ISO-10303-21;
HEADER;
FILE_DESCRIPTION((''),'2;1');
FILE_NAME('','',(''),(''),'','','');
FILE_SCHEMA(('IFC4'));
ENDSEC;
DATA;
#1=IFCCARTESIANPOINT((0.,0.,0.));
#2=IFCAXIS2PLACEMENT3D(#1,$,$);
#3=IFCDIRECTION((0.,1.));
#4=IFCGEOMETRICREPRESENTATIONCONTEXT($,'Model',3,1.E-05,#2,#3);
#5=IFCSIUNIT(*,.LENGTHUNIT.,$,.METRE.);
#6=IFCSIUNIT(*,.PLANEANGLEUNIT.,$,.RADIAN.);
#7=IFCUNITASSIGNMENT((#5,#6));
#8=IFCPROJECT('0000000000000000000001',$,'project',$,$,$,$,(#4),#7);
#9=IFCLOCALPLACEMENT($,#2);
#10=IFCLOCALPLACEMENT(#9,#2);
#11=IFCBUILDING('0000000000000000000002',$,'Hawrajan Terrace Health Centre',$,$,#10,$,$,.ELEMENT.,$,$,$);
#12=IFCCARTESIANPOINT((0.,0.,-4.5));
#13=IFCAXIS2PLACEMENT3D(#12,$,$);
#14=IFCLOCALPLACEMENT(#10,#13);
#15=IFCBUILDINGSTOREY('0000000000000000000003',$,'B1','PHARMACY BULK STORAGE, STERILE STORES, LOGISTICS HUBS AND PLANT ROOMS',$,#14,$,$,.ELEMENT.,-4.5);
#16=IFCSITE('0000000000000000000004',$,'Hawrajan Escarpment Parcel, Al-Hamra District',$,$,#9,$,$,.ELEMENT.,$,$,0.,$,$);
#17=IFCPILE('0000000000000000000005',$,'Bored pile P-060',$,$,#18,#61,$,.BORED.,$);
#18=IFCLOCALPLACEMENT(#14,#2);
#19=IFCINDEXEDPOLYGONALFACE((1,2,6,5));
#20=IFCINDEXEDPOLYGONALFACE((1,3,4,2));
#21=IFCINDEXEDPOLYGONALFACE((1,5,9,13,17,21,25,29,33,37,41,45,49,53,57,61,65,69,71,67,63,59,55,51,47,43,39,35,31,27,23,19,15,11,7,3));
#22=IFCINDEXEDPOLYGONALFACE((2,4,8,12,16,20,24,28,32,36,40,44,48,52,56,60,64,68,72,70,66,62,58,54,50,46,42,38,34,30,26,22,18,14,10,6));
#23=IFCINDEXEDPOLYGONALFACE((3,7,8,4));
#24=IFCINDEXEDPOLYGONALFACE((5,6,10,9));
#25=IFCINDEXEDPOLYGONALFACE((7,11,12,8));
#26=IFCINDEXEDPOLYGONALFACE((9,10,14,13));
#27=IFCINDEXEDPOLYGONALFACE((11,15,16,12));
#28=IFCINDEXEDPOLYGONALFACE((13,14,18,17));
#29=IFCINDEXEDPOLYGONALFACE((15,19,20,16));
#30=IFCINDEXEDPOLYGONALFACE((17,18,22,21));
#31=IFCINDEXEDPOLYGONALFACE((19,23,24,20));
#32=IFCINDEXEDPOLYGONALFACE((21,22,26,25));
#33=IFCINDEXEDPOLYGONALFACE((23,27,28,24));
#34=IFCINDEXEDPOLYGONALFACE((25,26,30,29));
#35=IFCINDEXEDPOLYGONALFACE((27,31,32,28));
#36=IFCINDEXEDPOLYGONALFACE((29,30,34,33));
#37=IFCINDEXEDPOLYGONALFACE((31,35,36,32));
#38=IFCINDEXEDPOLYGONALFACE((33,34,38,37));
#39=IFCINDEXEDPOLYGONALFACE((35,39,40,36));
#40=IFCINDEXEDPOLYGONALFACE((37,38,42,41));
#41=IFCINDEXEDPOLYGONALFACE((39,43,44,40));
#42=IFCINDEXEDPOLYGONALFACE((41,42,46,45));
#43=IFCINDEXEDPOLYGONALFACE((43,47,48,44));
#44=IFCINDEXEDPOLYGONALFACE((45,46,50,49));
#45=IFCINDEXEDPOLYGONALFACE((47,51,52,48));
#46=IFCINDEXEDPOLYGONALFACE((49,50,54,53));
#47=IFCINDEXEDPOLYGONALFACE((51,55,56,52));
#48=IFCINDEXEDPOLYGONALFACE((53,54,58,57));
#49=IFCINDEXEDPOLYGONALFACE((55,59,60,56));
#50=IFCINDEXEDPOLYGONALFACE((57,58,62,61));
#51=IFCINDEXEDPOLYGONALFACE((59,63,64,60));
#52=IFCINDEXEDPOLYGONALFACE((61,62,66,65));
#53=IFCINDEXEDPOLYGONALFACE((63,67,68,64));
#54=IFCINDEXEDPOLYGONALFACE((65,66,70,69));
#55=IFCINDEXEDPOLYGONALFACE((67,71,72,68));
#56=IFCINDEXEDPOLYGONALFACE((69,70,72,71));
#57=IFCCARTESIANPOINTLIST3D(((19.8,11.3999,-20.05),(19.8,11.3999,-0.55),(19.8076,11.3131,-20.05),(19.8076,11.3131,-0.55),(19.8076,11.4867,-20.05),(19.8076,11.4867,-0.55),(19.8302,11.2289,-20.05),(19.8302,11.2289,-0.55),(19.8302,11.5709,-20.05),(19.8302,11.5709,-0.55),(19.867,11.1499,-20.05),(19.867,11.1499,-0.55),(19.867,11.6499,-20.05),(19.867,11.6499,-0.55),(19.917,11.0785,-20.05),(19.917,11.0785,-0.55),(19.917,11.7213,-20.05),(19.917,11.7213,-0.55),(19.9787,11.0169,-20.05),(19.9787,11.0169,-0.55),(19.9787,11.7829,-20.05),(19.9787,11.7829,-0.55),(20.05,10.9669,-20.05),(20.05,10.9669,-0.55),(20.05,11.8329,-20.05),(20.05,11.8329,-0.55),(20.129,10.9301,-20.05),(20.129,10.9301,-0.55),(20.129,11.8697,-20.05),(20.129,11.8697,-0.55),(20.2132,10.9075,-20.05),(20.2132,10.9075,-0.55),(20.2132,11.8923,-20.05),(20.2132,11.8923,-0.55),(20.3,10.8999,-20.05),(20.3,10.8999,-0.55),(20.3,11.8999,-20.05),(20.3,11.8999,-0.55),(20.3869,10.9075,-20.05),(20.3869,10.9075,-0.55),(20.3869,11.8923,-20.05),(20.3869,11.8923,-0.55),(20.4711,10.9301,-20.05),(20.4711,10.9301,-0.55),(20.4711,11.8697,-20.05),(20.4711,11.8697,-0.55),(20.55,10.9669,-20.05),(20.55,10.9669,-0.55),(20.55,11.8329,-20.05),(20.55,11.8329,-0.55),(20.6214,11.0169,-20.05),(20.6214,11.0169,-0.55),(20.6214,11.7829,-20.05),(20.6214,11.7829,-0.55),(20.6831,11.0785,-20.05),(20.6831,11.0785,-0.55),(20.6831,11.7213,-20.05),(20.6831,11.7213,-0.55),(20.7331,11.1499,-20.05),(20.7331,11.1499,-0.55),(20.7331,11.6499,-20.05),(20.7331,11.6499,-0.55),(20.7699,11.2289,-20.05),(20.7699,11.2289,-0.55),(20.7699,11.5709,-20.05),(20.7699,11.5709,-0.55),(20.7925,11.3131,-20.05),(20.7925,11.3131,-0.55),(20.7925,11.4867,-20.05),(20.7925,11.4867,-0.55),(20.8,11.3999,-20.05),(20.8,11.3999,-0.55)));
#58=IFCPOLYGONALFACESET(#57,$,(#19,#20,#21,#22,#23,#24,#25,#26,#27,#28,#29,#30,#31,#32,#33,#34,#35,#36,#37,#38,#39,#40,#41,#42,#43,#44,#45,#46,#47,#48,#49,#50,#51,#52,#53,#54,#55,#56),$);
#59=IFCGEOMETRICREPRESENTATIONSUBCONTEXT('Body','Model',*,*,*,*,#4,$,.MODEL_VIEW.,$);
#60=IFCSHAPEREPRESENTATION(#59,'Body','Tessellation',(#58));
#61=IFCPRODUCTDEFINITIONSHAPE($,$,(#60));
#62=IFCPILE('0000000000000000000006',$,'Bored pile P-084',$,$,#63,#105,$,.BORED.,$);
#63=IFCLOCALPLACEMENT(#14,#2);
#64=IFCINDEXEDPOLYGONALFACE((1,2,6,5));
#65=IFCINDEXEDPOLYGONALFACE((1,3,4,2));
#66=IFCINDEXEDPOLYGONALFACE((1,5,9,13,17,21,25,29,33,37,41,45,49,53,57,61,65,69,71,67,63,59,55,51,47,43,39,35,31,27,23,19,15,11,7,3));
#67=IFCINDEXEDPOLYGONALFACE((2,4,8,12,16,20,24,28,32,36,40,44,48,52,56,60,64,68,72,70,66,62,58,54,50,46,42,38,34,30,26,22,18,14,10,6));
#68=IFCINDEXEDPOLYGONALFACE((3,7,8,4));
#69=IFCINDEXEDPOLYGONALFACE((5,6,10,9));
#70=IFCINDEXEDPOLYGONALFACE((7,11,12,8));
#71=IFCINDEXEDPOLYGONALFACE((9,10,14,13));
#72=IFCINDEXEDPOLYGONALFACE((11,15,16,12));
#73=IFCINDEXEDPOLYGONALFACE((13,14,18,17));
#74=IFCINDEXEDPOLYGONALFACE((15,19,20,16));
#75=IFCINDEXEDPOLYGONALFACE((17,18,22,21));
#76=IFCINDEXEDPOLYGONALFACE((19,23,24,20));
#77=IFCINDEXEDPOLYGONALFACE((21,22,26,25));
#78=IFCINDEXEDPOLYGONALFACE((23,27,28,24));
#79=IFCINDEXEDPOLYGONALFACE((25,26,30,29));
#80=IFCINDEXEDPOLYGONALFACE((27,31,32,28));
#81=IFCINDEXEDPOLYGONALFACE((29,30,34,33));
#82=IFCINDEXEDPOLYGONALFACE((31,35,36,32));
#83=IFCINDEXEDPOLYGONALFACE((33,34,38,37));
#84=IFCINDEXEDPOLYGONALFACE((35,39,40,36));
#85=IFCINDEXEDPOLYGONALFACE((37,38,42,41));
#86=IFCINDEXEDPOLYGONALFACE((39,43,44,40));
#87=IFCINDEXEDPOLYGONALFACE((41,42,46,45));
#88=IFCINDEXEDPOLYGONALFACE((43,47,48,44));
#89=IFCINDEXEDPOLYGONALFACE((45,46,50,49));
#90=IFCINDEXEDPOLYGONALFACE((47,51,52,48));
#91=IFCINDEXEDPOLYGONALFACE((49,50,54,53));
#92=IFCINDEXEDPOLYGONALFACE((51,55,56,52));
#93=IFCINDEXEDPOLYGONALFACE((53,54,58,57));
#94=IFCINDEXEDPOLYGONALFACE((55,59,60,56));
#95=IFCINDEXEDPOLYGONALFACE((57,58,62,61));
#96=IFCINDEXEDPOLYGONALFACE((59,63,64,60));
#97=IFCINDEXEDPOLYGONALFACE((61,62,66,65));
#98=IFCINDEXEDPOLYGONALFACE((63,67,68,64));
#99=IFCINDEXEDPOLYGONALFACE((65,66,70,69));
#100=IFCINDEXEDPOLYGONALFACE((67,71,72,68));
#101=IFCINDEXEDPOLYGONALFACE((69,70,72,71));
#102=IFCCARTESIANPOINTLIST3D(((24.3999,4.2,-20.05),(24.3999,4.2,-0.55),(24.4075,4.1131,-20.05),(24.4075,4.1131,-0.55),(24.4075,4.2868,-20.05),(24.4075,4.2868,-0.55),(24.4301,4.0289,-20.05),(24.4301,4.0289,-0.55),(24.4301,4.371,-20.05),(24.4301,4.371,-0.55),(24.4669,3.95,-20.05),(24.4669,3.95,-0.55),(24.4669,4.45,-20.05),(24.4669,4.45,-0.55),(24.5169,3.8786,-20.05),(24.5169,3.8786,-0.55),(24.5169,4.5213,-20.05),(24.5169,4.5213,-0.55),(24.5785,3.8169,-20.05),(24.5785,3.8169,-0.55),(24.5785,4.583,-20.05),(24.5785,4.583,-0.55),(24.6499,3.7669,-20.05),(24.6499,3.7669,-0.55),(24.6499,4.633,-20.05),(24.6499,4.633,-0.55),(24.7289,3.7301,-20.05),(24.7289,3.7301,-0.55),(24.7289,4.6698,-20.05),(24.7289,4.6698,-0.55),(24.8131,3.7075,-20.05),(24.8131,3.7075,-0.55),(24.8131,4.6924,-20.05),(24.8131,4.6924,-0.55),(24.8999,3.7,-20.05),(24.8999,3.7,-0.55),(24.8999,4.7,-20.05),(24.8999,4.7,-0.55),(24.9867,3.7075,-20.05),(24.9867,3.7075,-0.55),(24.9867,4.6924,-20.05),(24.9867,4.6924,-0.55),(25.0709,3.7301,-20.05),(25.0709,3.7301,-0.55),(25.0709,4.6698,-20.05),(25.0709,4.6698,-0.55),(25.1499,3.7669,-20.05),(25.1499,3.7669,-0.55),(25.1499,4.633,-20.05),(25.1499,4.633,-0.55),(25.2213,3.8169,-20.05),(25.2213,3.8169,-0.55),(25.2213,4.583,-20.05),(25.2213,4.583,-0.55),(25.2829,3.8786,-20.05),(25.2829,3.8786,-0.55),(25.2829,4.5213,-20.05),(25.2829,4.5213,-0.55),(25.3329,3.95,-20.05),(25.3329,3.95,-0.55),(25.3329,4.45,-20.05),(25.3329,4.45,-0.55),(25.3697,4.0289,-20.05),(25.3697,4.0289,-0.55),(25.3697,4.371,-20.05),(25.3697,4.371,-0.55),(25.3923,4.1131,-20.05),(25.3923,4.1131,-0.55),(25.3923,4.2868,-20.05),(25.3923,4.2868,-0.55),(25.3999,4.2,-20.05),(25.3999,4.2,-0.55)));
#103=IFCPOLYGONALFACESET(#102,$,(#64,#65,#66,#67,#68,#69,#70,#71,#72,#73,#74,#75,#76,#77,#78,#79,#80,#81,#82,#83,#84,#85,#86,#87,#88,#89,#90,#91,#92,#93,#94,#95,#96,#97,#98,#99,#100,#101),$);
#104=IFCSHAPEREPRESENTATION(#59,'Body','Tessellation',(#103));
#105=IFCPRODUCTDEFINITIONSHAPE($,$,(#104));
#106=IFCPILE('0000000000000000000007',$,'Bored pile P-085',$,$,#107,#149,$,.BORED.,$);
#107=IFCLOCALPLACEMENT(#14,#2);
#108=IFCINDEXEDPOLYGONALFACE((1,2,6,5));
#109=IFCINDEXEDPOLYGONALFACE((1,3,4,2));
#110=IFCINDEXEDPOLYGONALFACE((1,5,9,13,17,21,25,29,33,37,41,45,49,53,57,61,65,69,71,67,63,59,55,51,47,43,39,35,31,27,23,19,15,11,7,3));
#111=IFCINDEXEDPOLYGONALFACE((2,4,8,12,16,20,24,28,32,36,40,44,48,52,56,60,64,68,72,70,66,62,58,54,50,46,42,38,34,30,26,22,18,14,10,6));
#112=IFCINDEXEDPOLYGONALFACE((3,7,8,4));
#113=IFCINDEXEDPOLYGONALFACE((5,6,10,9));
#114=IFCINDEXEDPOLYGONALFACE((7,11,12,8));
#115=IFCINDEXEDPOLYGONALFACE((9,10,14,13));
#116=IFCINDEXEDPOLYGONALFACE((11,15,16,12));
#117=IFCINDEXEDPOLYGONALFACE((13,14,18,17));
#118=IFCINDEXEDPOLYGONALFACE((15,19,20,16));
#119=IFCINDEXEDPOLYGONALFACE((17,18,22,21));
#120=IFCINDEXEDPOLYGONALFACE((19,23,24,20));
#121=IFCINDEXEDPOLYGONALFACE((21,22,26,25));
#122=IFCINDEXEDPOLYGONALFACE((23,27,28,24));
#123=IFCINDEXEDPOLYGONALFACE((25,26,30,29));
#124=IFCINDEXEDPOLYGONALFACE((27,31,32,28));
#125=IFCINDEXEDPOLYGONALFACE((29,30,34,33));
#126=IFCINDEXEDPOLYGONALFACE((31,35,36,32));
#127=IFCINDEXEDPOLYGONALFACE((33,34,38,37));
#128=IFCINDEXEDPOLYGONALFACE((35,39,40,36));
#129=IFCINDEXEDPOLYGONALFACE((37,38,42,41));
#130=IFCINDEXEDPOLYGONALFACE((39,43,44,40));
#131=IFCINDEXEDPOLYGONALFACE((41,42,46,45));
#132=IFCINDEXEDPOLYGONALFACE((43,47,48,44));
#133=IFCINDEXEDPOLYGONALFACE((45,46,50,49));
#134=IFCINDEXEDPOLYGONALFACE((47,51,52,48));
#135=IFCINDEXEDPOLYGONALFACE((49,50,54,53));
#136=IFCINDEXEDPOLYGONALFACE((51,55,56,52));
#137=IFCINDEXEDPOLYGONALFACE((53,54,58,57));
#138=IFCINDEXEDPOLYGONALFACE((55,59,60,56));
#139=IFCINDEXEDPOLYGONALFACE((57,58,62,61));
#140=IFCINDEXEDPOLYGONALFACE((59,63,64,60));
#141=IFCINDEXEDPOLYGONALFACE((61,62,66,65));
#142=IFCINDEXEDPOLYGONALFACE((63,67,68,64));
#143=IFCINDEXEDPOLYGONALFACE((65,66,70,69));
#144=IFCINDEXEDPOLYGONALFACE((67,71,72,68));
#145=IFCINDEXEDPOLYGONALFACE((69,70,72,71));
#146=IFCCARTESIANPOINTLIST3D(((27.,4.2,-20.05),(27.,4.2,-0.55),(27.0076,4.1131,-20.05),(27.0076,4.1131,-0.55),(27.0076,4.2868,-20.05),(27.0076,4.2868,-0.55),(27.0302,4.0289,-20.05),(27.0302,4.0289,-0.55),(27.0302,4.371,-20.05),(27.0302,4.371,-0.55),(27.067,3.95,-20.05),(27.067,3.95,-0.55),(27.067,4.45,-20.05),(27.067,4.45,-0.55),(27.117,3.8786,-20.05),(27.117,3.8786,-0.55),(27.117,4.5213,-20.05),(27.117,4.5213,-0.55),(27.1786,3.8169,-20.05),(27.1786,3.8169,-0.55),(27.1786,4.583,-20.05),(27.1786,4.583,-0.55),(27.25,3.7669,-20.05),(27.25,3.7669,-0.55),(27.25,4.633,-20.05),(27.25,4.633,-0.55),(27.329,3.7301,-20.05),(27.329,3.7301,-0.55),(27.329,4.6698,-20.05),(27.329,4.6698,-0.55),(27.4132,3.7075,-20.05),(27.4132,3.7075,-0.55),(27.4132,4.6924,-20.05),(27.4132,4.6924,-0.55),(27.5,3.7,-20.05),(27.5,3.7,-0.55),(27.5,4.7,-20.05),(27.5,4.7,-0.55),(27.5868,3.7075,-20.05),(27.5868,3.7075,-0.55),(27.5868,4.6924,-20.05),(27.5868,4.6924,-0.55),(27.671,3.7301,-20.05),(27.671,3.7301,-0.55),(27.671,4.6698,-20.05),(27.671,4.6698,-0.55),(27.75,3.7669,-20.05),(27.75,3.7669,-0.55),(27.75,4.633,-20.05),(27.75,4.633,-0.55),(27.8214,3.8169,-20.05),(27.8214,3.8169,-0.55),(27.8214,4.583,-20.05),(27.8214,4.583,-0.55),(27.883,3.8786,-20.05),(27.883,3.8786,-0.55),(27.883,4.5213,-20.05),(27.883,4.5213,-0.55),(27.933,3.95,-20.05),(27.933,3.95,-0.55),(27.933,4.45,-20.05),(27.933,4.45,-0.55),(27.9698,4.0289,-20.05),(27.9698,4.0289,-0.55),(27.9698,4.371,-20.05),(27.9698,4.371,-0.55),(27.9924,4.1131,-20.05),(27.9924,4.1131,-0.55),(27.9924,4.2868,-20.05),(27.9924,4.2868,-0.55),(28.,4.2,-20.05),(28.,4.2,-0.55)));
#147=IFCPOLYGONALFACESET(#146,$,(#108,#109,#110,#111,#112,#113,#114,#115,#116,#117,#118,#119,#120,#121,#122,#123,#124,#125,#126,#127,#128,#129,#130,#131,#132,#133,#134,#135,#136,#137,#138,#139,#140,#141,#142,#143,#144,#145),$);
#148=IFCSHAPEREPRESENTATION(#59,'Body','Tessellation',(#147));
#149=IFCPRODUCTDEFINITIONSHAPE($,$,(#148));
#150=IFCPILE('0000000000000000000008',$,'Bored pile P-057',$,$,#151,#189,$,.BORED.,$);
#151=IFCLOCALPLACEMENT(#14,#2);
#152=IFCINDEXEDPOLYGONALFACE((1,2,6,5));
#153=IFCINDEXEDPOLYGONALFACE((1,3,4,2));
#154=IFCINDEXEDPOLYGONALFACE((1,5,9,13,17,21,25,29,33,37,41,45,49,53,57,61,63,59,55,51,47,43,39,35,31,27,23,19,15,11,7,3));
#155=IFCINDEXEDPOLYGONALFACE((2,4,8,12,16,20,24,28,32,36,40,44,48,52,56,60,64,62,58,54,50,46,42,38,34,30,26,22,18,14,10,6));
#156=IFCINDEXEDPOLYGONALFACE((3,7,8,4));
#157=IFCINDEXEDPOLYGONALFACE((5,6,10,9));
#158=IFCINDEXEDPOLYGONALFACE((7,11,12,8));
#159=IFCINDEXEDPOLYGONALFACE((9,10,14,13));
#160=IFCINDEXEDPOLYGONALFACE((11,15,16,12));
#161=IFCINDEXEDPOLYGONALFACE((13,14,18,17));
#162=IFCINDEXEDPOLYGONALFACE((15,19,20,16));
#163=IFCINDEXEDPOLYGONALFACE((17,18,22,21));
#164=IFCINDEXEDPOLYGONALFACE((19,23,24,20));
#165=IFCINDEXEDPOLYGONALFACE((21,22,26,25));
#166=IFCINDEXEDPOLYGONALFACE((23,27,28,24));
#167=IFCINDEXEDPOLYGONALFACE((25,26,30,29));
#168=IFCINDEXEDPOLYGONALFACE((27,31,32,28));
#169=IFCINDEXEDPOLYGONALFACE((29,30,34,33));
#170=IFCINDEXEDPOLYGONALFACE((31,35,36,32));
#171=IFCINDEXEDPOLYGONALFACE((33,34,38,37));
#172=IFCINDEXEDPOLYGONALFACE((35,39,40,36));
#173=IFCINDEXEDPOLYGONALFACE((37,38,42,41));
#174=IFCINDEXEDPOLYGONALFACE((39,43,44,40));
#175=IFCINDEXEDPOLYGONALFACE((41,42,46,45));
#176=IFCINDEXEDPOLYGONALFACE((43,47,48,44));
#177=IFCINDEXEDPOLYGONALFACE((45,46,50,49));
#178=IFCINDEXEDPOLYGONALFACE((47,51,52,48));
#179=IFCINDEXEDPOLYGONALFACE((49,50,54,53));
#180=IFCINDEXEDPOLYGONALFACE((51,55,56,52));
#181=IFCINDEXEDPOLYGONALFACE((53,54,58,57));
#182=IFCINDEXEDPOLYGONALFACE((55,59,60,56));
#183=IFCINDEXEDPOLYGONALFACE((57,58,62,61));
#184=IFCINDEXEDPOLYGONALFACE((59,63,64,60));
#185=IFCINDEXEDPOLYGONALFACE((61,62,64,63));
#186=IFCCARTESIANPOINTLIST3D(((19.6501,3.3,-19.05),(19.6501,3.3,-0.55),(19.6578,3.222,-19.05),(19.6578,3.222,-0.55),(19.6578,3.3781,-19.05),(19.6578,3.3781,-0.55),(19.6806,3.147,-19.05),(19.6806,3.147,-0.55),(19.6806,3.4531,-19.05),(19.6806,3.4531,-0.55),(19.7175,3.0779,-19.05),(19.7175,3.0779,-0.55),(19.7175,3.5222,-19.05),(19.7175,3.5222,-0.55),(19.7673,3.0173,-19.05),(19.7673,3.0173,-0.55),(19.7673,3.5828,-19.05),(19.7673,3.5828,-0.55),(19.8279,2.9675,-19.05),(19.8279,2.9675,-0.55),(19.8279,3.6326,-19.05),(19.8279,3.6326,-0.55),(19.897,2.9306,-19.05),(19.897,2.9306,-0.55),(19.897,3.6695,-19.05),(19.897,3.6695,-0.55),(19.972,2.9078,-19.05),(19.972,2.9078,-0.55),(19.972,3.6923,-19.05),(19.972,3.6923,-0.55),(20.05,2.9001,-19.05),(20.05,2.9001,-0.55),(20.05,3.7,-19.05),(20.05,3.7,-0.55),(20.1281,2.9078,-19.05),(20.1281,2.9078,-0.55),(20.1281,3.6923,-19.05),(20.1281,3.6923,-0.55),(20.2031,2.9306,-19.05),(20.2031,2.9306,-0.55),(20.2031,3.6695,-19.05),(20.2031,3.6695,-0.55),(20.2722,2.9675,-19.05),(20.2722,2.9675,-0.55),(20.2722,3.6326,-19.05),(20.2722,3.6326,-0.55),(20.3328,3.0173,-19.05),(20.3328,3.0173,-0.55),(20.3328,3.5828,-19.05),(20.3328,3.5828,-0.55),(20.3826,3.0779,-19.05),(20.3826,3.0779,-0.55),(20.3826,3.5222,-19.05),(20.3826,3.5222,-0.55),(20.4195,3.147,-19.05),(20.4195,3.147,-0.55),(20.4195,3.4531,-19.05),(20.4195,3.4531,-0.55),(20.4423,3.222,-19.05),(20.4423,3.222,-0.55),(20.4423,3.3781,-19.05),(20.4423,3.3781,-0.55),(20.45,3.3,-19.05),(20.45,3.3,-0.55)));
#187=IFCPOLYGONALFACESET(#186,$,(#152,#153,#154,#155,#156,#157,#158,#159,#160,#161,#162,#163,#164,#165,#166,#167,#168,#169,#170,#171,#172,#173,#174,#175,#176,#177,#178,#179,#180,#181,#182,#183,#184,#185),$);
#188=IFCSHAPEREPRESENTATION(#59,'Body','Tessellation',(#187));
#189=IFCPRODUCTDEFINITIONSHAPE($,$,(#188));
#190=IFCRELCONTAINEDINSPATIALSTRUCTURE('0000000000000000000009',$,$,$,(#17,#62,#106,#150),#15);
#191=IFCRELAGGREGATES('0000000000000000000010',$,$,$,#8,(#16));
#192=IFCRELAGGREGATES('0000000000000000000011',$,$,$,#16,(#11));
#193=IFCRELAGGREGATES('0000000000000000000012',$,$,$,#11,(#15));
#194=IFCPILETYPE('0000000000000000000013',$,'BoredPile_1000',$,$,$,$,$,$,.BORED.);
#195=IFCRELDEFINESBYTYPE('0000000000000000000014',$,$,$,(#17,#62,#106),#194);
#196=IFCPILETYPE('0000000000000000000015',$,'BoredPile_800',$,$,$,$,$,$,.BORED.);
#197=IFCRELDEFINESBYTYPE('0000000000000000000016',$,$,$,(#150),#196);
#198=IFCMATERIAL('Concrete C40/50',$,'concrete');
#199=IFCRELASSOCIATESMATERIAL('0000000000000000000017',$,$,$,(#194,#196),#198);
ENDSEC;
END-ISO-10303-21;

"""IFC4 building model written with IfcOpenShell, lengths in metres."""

from ifc_helpers import new_model, si_unit, direction, frame, origin, origin_2d, place, context, subcontext, project, spatial, circle, extrude, material, material_profile, profile_set, type_object, element, save


model = new_model("IFC4")

# Units and contexts
model_context = context("Model", 3, precision=1e-05, world=origin(), true_north=direction((0.0, 1.0)))
body_context = subcontext(model_context, "Body", "Model", "MODEL_VIEW")
ifc_project = project(units=[si_unit("LENGTHUNIT", "METRE"), si_unit("PLANEANGLEUNIT", "RADIAN")], contexts=[model_context])

# Site, building, storey
site_placement = place(None, origin())
site = spatial("IfcSite", under=ifc_project, at=site_placement, Name="Hawrajan Escarpment Parcel, Al-Hamra District", CompositionType="ELEMENT", RefElevation=0.0)
building_placement = place(site_placement, origin())
building = spatial("IfcBuilding", under=site, at=building_placement, Name="Hawrajan Terrace Health Centre", CompositionType="ELEMENT")
storey_placement = place(building_placement, frame((0.0, 0.0, -4.5)))
storey = spatial("IfcBuildingStorey", under=building, at=storey_placement, Name="B1", Description="PHARMACY BULK STORAGE, STERILE STORES, LOGISTICS HUBS AND PLANT ROOMS", CompositionType="ELEMENT", Elevation=-4.5)

# Piles
ifc_material_1 = material(Name="Concrete C40/50", Category="concrete")
ifc_material_profile_1 = material_profile(ifc_material_1, circle(Radius=0.5, at=origin_2d()), Name="BP 1000")
ifc_profile_set_1 = profile_set([ifc_material_profile_1], Name="Concrete C40/50")
pile_type_1 = type_object("IfcPileType", Name="BoredPile_1000", PredefinedType="BORED", material=ifc_profile_set_1)
for number, where, z_axis, x_axis, name in (
    (1, (20.3, 11.3999, -0.55), (0.0, 0.0, -1.0), (1.0, 0.0, 0.0), "Bored pile P-060"),
    (2, (24.8999, 4.2, -0.55), (0.0, 0.0, -1.0), (1.0, 0.0, 0.0), "Bored pile P-084"),
    (3, (27.5, 4.2, -0.55), (0.0, 0.0, -1.0), (1.0, 0.0, 0.0), "Bored pile P-085"),
):
    element("IfcPile", number, at=place(storey_placement, frame(where, z_axis=z_axis, x_axis=x_axis)), inside=storey, type_object=pile_type_1, Name=name, PredefinedType="BORED", context=body_context, shape_type="SweptSolid", body=[
        extrude(circle(Radius=0.5, at=origin_2d()), origin(), (0.0, 0.0, 1.0), 19.5),
    ])
ifc_material_profile_2 = material_profile(ifc_material_1, circle(Radius=0.3999, at=origin_2d()), Name="BP 800")
ifc_profile_set_2 = profile_set([ifc_material_profile_2], Name="Concrete C40/50")
pile_type_2 = type_object("IfcPileType", Name="BoredPile_800", PredefinedType="BORED", material=ifc_profile_set_2)
for number, where, z_axis, x_axis, name in (
    (4, (20.05, 3.3, -0.55), (0.0, 0.0, -1.0), (1.0, 0.0, 0.0), "Bored pile P-057"),
):
    element("IfcPile", number, at=place(storey_placement, frame(where, z_axis=z_axis, x_axis=x_axis)), inside=storey, type_object=pile_type_2, Name=name, PredefinedType="BORED", context=body_context, shape_type="SweptSolid", body=[
        extrude(circle(Radius=0.3999, at=origin_2d()), origin(), (0.0, 0.0, 1.0), 18.5),
    ])

save(model, "model.ifc")
